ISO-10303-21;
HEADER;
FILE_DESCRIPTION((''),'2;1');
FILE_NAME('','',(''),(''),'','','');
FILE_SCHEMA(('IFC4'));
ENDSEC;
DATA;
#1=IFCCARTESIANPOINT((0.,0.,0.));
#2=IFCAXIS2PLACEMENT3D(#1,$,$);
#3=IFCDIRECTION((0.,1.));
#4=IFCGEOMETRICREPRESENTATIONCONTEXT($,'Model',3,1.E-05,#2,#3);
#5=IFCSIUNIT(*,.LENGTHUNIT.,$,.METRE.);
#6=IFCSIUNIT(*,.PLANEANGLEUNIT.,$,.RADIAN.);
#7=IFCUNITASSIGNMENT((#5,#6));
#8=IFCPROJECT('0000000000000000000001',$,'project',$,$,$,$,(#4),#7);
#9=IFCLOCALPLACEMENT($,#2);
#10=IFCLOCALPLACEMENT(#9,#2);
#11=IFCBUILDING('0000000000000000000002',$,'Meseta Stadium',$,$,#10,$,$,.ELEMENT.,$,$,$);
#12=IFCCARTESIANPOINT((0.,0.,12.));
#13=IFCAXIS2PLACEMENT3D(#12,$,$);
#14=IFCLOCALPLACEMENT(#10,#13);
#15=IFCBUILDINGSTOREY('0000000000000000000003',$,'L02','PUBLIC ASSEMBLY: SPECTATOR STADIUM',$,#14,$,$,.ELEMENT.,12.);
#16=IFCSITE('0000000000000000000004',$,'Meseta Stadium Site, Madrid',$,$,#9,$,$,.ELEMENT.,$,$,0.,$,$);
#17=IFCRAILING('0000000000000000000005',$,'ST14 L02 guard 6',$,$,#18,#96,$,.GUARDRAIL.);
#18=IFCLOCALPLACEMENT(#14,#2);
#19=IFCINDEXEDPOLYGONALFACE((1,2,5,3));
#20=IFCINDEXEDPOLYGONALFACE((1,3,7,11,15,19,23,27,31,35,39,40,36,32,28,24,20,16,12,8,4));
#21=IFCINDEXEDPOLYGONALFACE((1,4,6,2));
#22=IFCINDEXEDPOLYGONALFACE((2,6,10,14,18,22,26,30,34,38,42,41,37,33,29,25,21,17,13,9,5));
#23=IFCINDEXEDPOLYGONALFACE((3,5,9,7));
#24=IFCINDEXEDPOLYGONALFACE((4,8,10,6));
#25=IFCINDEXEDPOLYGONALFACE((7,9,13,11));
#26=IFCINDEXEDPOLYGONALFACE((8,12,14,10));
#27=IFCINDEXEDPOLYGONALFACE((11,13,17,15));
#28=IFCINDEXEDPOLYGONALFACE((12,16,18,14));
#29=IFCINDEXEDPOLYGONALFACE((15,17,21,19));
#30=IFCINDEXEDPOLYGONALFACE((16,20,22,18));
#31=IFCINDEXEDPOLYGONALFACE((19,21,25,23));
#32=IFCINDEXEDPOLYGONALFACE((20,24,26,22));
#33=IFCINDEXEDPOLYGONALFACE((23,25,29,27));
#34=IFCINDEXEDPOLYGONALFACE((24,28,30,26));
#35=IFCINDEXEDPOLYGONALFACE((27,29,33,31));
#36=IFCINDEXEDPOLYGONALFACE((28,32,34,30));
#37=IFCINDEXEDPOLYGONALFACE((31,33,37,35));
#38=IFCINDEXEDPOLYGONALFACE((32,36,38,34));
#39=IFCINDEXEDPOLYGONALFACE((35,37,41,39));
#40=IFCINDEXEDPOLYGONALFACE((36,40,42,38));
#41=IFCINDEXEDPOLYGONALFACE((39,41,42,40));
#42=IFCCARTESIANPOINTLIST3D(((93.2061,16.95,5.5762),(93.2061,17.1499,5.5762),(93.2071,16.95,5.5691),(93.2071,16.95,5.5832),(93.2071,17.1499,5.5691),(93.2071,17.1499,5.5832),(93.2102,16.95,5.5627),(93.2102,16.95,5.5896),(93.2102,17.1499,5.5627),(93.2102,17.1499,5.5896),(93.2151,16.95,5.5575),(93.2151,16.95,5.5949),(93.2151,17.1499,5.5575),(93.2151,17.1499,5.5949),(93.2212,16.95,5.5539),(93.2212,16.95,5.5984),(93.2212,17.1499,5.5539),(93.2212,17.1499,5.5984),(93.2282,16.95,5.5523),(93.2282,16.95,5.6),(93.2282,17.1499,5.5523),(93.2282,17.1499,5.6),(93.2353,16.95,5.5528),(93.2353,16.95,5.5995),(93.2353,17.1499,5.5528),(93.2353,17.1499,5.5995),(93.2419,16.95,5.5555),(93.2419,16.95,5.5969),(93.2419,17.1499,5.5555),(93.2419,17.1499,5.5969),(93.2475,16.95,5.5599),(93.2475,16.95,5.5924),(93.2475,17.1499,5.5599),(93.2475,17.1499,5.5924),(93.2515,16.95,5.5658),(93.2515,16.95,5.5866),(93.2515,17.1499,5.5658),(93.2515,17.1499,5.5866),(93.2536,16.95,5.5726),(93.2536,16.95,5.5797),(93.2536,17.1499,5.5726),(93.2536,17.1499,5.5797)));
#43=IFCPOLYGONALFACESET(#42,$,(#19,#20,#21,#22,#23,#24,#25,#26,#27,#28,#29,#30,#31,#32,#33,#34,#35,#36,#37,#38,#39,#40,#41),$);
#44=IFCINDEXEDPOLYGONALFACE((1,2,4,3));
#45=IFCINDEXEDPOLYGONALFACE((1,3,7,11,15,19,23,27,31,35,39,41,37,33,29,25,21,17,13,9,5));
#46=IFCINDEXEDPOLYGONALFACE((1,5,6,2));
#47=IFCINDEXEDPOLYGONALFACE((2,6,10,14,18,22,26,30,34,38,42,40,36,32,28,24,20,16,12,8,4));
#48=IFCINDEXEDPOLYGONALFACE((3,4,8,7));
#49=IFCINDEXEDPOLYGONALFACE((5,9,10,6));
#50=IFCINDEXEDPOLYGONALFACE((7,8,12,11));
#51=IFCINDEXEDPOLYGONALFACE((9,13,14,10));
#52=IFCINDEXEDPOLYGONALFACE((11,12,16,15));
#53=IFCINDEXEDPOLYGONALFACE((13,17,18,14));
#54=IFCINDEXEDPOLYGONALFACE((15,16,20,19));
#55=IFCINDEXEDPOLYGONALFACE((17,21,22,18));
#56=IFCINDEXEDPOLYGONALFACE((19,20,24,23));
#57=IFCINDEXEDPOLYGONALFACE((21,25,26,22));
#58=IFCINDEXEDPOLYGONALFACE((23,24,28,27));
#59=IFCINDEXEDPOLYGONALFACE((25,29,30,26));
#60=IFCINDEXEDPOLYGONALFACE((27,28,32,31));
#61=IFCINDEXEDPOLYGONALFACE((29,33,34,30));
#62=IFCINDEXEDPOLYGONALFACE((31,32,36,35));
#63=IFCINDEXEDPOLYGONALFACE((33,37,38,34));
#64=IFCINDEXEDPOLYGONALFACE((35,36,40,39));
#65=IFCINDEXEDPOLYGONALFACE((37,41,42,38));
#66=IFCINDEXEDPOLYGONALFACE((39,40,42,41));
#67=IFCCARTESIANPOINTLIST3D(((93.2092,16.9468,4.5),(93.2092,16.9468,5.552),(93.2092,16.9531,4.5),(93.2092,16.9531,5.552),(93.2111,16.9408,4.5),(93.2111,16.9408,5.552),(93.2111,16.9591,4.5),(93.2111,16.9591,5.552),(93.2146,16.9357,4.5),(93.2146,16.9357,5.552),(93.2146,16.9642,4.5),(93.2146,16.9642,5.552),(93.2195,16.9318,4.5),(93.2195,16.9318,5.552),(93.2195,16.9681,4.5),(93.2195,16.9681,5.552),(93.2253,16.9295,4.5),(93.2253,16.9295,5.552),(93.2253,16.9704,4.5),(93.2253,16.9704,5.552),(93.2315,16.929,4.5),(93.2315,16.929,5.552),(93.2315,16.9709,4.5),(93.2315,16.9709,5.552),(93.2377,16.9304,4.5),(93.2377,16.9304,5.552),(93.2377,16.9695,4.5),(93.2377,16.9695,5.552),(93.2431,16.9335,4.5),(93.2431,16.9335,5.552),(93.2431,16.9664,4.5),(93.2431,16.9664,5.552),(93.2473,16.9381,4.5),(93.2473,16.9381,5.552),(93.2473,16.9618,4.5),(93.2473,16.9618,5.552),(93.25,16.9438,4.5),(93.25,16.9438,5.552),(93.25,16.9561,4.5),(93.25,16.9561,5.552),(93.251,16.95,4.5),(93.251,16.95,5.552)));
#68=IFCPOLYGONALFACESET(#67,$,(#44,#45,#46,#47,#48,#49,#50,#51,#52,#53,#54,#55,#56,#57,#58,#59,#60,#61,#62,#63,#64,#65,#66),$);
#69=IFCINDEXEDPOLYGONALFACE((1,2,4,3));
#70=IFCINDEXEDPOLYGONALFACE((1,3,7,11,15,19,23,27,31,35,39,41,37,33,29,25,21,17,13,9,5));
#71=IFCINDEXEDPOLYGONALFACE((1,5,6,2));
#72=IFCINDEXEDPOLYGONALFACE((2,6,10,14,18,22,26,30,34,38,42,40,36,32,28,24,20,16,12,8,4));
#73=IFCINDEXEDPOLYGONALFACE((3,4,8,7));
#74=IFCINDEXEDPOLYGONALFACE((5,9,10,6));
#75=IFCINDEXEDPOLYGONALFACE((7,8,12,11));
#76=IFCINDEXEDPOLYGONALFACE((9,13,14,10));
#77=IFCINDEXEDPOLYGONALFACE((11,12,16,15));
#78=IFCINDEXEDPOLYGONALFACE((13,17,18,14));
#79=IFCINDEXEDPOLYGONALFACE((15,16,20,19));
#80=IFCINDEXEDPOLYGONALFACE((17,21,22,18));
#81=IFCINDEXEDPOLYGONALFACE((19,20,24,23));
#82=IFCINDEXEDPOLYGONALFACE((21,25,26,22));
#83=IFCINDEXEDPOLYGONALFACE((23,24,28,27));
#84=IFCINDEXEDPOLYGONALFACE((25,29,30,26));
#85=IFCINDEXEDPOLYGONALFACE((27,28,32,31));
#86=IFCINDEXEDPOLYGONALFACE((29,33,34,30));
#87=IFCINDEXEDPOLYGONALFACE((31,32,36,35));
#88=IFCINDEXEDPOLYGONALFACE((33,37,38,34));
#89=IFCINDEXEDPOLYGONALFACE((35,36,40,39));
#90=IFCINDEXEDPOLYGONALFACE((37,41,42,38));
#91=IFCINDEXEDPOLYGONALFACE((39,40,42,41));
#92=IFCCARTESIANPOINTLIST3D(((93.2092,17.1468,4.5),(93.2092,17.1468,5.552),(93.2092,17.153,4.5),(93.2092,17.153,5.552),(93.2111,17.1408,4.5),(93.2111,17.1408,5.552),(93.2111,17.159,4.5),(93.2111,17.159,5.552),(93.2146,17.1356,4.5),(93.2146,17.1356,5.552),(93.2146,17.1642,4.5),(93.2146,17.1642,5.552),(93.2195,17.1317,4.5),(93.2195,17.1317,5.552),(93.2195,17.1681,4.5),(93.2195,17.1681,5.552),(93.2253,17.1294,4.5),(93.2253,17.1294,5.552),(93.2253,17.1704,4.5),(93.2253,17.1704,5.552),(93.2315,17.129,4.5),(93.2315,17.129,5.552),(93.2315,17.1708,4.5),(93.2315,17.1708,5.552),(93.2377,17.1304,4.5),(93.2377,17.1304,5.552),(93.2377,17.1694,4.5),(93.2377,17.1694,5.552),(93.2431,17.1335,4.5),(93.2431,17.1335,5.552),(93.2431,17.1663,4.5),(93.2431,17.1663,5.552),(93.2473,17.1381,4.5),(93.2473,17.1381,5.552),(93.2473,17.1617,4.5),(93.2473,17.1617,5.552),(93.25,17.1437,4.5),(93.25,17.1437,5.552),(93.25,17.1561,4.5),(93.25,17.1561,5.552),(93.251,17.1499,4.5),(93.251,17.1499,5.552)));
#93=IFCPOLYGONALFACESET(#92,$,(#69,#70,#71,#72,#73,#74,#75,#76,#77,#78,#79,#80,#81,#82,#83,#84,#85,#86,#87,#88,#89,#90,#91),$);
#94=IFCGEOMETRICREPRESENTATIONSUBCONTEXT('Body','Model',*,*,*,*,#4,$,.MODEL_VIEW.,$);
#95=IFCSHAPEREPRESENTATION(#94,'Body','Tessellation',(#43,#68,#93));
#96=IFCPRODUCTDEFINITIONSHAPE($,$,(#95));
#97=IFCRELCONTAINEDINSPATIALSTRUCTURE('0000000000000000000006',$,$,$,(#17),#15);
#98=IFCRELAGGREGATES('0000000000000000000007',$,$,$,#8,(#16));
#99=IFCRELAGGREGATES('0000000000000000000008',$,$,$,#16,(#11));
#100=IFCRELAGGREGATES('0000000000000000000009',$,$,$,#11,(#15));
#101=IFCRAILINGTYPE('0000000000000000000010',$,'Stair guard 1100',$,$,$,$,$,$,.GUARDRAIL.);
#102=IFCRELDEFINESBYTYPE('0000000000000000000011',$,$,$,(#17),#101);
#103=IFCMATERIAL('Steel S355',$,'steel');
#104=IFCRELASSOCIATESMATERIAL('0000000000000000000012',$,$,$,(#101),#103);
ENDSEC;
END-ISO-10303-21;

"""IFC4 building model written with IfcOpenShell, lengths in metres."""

from ifc_helpers import new_model, si_unit, direction, frame, origin, origin_2d, place, context, subcontext, project, spatial, circle, extrude, material, type_object, element, save


model = new_model("IFC4")

# Units and contexts
model_context = context("Model", 3, precision=1e-05, world=origin(), true_north=direction((0.0, 1.0)))
body_context = subcontext(model_context, "Body", "Model", "MODEL_VIEW")
ifc_project = project(units=[si_unit("LENGTHUNIT", "METRE"), si_unit("PLANEANGLEUNIT", "RADIAN")], contexts=[model_context])

# Site, building, storey
site_placement = place(None, origin())
site = spatial("IfcSite", under=ifc_project, at=site_placement, Name="Meseta Stadium Site, Madrid", CompositionType="ELEMENT", RefElevation=0.0)
building_placement = place(site_placement, origin())
building = spatial("IfcBuilding", under=site, at=building_placement, Name="Meseta Stadium", CompositionType="ELEMENT")
storey_placement = place(building_placement, frame((0.0, 0.0, 12.0)))
storey = spatial("IfcBuildingStorey", under=building, at=storey_placement, Name="L02", Description="PUBLIC ASSEMBLY: SPECTATOR STADIUM", CompositionType="ELEMENT", Elevation=12.0)

# Railing
ifc_material_1 = material(Name="Steel S355", Category="steel")
railing_type_1 = type_object("IfcRailingType", Name="Stair guard 1100", PredefinedType="GUARDRAIL", material=ifc_material_1)
railing_1_placement = place(storey_placement, frame((93.23, 16.95, 4.5)))
element("IfcRailing", 1, at=railing_1_placement, inside=storey, type_object=railing_type_1, Name="ST14 L02 guard 6", PredefinedType="GUARDRAIL", context=body_context, shape_type="SweptSolid", body=[
    extrude(circle(Radius=0.0239, at=origin_2d()), frame((0.0, 0.0, 1.0762), z_axis=(0.0, 1.0, 0.0), x_axis=(-1.0, 0.0, 0.0)), (0.0, 0.0, 1.0), 0.2),
    extrude(circle(Radius=0.021, at=origin_2d()), origin(), (0.0, 0.0, 1.0), 1.052),
    extrude(circle(Radius=0.021, at=origin_2d()), frame((0.0, 0.2, 0.0)), (0.0, 0.0, 1.0), 1.052),
])

save(model, "model.ifc")
